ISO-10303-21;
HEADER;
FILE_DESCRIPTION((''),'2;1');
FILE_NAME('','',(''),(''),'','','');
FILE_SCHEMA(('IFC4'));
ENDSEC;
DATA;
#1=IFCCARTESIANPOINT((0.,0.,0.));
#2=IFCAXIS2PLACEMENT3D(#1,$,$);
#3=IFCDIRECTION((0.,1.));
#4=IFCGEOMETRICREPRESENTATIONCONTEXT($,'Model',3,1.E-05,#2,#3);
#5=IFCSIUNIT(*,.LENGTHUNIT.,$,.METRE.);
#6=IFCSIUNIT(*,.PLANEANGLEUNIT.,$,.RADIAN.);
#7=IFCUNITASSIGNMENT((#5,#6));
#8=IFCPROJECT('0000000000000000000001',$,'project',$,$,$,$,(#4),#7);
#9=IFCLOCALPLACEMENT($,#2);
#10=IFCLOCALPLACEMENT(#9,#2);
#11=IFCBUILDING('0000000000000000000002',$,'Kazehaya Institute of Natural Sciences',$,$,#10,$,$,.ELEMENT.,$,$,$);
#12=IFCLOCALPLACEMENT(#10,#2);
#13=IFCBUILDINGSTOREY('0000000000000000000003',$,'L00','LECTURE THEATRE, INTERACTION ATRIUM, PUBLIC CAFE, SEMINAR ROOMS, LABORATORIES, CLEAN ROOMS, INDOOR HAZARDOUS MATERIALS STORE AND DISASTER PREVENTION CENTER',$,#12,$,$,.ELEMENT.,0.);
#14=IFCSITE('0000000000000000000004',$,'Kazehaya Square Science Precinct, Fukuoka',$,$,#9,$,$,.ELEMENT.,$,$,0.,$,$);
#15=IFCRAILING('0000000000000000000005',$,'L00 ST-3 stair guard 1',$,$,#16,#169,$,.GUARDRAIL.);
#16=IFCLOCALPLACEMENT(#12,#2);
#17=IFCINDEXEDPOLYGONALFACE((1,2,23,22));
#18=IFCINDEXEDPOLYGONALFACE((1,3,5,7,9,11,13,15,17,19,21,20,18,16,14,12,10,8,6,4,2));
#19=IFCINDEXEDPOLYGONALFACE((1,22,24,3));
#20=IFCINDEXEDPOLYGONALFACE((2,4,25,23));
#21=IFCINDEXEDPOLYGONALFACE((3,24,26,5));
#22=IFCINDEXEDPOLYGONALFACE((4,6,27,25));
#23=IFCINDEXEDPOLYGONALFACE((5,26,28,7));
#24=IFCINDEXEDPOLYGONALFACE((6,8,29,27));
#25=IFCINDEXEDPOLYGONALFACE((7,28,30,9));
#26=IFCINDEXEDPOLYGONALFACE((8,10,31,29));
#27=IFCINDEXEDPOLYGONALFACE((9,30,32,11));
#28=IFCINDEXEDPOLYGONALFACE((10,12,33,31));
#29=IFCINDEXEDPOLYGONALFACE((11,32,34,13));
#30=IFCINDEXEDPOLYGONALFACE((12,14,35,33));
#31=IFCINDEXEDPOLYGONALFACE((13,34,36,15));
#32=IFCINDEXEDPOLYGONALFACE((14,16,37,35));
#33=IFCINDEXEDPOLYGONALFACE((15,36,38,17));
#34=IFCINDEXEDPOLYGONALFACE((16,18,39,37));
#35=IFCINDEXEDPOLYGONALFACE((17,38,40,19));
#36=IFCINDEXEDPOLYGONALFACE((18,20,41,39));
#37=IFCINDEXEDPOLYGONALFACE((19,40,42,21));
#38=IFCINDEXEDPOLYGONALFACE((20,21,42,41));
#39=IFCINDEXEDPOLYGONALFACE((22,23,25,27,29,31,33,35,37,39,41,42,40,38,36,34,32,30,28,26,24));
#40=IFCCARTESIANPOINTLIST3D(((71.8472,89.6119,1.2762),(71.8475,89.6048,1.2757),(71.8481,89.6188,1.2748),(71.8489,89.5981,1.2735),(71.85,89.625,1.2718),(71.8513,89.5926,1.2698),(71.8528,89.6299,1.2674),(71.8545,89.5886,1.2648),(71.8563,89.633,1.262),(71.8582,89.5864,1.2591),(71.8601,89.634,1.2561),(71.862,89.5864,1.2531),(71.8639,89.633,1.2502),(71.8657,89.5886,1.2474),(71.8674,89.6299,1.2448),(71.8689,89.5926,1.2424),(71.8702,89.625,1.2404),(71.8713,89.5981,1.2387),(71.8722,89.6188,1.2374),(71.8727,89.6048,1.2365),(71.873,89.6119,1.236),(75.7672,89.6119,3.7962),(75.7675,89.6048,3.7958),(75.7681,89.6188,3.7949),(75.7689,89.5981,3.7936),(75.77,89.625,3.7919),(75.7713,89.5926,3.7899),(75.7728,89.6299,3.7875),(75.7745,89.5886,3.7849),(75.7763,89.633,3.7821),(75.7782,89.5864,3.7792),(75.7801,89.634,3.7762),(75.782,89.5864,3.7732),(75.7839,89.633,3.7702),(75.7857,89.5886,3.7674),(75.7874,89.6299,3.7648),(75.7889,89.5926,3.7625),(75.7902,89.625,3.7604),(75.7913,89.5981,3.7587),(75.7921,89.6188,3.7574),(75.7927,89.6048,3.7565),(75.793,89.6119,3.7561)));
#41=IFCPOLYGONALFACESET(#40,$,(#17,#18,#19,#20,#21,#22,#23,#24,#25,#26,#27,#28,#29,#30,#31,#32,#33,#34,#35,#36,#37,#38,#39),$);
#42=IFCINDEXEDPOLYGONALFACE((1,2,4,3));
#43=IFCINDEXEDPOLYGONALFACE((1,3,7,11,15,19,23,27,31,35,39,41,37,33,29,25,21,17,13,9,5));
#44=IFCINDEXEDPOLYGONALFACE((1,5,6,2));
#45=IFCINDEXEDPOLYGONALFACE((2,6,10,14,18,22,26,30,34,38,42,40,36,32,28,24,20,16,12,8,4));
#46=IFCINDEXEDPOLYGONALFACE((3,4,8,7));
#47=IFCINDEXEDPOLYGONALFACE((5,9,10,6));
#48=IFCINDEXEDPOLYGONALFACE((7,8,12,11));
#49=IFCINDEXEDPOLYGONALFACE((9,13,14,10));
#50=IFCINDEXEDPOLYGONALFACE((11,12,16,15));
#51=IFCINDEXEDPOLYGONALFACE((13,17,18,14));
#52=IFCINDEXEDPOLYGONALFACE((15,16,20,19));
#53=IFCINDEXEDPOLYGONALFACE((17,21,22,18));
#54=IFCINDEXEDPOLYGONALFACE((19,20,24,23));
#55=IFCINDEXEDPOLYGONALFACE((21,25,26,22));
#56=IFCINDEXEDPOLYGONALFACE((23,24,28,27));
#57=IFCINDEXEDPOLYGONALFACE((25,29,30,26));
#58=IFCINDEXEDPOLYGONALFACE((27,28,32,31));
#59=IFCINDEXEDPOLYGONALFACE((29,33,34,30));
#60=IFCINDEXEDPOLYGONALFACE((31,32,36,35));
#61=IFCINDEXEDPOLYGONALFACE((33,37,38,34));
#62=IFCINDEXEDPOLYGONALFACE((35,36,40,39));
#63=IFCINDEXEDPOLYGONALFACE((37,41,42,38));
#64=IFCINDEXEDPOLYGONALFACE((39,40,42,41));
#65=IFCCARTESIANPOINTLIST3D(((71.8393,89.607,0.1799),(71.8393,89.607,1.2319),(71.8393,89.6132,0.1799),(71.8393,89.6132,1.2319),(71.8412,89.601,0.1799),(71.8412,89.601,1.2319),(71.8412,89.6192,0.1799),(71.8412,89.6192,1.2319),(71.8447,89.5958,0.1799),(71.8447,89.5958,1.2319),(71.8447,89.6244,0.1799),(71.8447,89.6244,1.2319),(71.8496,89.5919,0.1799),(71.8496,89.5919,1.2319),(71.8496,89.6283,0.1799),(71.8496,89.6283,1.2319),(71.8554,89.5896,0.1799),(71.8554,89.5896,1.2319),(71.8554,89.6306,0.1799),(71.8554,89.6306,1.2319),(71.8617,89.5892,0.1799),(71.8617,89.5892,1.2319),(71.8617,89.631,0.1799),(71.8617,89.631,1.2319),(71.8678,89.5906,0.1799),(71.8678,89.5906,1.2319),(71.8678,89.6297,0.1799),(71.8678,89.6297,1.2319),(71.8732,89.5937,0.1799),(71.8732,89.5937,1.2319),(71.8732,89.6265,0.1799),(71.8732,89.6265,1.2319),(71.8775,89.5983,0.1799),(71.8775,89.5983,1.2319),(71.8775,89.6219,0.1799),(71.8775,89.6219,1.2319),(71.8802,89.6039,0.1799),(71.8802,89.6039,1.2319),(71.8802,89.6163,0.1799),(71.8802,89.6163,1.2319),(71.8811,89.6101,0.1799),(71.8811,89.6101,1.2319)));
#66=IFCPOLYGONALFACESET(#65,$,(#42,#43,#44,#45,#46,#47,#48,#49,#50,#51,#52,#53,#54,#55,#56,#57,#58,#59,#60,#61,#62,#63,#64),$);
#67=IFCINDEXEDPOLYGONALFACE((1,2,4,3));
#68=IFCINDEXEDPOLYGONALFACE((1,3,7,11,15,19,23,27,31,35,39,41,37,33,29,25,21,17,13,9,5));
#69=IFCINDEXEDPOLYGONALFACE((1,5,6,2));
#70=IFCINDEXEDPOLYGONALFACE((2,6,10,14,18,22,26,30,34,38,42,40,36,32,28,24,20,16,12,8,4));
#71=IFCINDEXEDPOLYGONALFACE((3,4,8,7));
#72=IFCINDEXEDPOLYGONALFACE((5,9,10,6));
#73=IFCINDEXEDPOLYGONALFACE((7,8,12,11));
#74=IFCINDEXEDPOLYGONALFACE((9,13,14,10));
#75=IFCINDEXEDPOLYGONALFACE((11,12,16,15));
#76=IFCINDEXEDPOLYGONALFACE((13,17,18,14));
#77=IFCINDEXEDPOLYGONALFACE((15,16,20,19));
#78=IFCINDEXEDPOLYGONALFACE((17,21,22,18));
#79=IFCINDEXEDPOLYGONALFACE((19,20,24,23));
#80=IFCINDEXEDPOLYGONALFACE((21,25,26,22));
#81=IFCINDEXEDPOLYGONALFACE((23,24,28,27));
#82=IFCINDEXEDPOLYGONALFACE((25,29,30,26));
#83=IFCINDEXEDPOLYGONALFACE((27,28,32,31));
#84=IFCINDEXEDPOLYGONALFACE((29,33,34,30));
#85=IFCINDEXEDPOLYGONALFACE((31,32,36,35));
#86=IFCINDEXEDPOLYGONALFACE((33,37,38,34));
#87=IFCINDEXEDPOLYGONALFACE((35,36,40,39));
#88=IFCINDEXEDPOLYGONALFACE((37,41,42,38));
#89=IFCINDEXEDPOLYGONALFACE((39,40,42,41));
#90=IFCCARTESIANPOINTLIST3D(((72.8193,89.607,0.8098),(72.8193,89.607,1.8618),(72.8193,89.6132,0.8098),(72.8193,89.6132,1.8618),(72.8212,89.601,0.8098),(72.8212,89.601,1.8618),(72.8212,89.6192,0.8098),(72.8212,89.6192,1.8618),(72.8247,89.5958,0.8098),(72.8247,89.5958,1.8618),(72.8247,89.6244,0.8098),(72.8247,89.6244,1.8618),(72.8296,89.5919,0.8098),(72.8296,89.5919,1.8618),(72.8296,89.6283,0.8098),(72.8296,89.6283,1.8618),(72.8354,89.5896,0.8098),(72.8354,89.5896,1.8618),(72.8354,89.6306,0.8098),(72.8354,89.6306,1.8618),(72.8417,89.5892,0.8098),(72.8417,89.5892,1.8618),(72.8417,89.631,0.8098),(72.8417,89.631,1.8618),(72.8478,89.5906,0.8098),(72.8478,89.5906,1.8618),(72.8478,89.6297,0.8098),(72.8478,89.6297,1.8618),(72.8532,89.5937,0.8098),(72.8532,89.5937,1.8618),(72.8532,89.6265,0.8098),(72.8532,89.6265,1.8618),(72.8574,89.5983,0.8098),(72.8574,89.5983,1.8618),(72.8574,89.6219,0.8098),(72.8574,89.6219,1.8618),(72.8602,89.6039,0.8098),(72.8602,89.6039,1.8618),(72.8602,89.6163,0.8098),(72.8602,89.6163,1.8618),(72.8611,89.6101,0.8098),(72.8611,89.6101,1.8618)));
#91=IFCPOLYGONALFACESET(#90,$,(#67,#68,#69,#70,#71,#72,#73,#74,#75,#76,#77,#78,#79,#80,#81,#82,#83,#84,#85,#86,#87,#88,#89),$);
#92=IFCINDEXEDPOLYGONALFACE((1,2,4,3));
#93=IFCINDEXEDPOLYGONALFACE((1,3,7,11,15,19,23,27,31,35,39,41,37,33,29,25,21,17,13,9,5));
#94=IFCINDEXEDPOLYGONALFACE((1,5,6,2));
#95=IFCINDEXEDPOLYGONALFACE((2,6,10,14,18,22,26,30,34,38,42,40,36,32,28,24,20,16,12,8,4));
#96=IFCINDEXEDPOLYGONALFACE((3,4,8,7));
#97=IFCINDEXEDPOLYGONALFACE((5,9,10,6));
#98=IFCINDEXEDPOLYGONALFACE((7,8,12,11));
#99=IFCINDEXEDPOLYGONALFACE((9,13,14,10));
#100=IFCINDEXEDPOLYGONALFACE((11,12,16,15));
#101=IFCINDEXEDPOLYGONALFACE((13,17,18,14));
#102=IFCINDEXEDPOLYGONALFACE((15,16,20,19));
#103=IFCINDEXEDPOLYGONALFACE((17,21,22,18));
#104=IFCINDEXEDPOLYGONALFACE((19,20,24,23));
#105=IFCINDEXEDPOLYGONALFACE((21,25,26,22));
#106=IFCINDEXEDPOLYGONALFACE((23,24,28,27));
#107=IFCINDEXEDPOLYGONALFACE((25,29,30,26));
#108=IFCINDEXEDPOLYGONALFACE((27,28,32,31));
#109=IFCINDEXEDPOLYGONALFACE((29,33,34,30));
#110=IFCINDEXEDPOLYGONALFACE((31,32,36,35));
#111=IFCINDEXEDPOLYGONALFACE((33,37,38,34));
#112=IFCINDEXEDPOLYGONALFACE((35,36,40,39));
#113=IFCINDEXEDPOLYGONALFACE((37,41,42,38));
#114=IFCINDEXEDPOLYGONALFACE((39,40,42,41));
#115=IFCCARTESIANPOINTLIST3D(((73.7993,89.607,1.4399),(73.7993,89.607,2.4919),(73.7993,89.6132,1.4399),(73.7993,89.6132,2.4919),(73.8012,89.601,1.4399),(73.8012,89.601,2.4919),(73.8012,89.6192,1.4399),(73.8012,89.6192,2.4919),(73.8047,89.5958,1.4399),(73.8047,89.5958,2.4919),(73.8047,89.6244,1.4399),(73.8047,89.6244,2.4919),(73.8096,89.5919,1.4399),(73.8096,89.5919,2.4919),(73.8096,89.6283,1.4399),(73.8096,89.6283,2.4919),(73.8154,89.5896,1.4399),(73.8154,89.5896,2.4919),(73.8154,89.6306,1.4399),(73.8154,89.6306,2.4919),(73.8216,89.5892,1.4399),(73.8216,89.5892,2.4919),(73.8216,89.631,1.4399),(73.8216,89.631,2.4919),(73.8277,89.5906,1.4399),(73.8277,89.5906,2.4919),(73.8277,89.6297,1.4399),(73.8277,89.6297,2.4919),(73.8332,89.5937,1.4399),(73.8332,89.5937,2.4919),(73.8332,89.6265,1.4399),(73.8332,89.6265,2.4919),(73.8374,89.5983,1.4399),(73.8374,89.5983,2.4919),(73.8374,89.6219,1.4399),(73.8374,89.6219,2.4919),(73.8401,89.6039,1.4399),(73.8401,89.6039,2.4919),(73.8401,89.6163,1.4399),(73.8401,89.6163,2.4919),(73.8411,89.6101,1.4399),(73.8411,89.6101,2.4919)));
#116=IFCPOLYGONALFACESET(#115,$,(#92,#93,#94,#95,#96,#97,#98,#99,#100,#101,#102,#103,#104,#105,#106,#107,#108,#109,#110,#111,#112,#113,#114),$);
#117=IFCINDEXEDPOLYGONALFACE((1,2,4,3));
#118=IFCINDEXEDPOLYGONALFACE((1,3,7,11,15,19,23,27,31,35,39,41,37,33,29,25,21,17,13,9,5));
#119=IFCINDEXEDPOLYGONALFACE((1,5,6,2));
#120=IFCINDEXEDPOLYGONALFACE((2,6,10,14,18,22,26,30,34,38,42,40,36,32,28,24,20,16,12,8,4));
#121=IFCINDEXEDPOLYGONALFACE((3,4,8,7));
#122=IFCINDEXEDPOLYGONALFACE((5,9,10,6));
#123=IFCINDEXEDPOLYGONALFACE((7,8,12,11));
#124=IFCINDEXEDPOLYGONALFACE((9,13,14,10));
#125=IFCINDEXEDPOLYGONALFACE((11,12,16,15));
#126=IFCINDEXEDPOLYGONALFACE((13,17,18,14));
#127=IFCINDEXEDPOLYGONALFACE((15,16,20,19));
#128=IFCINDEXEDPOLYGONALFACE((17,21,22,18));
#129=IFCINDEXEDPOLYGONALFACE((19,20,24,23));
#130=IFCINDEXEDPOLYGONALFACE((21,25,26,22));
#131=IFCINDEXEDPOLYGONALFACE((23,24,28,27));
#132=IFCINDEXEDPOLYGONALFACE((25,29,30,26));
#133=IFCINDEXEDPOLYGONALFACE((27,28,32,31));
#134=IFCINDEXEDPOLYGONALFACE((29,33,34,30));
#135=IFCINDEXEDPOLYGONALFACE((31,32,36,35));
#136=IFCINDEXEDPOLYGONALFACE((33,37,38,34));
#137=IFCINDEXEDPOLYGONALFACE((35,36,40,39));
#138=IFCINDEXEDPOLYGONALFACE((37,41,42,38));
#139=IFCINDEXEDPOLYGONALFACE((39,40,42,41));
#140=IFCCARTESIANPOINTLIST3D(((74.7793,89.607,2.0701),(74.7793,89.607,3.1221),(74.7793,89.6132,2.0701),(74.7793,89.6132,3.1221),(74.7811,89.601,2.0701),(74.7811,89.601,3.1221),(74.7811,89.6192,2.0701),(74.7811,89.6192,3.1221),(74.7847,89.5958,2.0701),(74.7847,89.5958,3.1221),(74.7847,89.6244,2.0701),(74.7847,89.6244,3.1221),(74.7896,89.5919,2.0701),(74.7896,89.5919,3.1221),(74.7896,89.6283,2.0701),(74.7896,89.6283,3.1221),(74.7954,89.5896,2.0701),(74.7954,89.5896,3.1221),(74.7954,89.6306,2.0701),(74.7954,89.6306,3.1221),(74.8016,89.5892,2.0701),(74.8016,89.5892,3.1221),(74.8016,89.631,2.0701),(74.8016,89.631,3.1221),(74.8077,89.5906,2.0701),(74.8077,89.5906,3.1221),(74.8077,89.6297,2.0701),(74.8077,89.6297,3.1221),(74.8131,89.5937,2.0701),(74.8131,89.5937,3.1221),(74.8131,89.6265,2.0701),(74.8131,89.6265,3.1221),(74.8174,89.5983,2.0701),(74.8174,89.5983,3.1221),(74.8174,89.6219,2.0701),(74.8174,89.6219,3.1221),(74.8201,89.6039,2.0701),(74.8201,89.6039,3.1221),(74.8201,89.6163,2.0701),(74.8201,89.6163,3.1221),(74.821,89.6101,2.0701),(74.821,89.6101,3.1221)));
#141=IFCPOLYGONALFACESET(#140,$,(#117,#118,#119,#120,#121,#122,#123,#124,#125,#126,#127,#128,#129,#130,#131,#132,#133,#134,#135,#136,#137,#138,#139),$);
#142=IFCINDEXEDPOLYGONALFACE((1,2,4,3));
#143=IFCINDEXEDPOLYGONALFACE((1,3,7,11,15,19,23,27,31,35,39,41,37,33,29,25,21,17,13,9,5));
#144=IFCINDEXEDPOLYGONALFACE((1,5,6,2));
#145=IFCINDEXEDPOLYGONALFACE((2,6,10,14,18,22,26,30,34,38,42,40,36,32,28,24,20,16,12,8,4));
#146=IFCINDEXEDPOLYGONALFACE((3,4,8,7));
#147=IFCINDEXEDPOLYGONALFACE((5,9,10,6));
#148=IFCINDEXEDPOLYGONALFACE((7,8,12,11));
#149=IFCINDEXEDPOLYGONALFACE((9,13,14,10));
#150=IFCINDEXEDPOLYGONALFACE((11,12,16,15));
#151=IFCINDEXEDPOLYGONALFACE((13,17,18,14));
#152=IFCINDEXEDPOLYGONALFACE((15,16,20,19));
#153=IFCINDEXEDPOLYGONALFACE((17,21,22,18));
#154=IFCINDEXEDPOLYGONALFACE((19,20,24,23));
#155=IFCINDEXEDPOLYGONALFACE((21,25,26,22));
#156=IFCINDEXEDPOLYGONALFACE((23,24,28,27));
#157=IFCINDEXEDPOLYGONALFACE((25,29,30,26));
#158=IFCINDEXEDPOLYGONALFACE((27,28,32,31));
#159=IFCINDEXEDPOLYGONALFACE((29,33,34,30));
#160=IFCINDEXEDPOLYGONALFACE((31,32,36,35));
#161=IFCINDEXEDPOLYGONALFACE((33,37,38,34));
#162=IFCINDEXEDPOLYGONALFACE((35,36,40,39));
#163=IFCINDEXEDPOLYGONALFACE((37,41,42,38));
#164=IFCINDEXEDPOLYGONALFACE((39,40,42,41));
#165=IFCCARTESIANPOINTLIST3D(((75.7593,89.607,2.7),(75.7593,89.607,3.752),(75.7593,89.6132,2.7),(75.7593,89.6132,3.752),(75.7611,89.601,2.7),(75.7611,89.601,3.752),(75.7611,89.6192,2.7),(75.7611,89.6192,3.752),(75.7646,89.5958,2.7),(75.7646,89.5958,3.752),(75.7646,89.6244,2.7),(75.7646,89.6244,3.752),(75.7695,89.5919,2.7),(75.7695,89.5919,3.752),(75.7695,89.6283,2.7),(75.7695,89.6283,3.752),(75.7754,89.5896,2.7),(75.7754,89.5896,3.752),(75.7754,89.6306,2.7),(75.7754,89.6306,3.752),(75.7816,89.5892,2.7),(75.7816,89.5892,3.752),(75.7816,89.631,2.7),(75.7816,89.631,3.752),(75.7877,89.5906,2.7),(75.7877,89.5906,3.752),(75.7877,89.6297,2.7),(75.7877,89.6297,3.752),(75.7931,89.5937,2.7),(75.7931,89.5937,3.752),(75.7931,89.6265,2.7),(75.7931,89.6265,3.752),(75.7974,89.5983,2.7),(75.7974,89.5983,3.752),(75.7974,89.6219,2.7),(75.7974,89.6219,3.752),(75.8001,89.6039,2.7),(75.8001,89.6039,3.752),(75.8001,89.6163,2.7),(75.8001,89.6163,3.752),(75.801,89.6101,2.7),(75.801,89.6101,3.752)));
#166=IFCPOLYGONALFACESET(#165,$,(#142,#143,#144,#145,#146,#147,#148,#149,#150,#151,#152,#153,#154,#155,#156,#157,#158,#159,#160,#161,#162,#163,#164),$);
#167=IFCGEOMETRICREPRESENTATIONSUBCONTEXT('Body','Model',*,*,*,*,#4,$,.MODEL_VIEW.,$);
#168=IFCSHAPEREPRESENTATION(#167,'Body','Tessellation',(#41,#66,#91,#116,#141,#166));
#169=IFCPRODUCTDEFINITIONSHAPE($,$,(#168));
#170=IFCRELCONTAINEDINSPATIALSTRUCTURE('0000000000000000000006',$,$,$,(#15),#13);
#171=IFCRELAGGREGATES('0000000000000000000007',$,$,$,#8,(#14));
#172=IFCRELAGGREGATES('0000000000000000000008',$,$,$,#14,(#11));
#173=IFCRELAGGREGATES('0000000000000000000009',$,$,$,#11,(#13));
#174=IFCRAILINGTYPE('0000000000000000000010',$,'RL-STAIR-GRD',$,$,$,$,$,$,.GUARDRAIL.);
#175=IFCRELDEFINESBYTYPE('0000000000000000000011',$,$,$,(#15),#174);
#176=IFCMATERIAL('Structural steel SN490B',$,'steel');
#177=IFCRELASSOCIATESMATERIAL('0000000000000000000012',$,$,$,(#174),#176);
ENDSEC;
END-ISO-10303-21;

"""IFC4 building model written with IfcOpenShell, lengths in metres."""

from ifc_helpers import new_model, si_unit, direction, frame, origin, origin_2d, place, context, subcontext, project, spatial, circle, extrude, material, type_object, element, save


model = new_model("IFC4")

# Units and contexts
model_context = context("Model", 3, precision=1e-05, world=origin(), true_north=direction((0.0, 1.0)))
body_context = subcontext(model_context, "Body", "Model", "MODEL_VIEW")
ifc_project = project(units=[si_unit("LENGTHUNIT", "METRE"), si_unit("PLANEANGLEUNIT", "RADIAN")], contexts=[model_context])

# Site, building, storey
site_placement = place(None, origin())
site = spatial("IfcSite", under=ifc_project, at=site_placement, Name="Kazehaya Square Science Precinct, Fukuoka", CompositionType="ELEMENT", RefElevation=0.0)
building_placement = place(site_placement, origin())
building = spatial("IfcBuilding", under=site, at=building_placement, Name="Kazehaya Institute of Natural Sciences", CompositionType="ELEMENT")
storey_placement = place(building_placement, origin())
storey = spatial("IfcBuildingStorey", under=building, at=storey_placement, Name="L00", Description="LECTURE THEATRE, INTERACTION ATRIUM, PUBLIC CAFE, SEMINAR ROOMS, LABORATORIES, CLEAN ROOMS, INDOOR HAZARDOUS MATERIALS STORE AND DISASTER PREVENTION CENTER", CompositionType="ELEMENT", Elevation=0.0)

# Railing
ifc_material_1 = material(Name="Structural steel SN490B", Category="steel")
railing_type_1 = type_object("IfcRailingType", Name="RL-STAIR-GRD", PredefinedType="GUARDRAIL", material=ifc_material_1)
railing_1_placement = place(storey_placement, frame((71.8601, 89.6101, 0.1799)))
element("IfcRailing", 1, at=railing_1_placement, inside=storey, type_object=railing_type_1, Name="L00 ST-3 stair guard 1", PredefinedType="GUARDRAIL", context=body_context, shape_type="SweptSolid", body=[
    extrude(circle(Radius=0.0239, at=origin_2d()), frame((0.0, 0.0, 1.0762), z_axis=(0.841172, 0.0, 0.540768), x_axis=(0.0, 1.0, 0.0)), (0.0, 0.0, 1.0), 4.6602),
    extrude(circle(Radius=0.021, at=origin_2d()), origin(), (0.0, 0.0, 1.0), 1.052),
    extrude(circle(Radius=0.021, at=origin_2d()), frame((0.98, 0.0, 0.6299)), (0.0, 0.0, 1.0), 1.052),
    extrude(circle(Radius=0.021, at=origin_2d()), frame((1.96, 0.0, 1.26)), (0.0, 0.0, 1.0), 1.052),
    extrude(circle(Radius=0.021, at=origin_2d()), frame((2.9399, 0.0, 1.8901)), (0.0, 0.0, 1.0), 1.052),
    extrude(circle(Radius=0.021, at=origin_2d()), frame((3.9199, 0.0, 2.52)), (0.0, 0.0, 1.0), 1.052),
])

save(model, "model.ifc")
